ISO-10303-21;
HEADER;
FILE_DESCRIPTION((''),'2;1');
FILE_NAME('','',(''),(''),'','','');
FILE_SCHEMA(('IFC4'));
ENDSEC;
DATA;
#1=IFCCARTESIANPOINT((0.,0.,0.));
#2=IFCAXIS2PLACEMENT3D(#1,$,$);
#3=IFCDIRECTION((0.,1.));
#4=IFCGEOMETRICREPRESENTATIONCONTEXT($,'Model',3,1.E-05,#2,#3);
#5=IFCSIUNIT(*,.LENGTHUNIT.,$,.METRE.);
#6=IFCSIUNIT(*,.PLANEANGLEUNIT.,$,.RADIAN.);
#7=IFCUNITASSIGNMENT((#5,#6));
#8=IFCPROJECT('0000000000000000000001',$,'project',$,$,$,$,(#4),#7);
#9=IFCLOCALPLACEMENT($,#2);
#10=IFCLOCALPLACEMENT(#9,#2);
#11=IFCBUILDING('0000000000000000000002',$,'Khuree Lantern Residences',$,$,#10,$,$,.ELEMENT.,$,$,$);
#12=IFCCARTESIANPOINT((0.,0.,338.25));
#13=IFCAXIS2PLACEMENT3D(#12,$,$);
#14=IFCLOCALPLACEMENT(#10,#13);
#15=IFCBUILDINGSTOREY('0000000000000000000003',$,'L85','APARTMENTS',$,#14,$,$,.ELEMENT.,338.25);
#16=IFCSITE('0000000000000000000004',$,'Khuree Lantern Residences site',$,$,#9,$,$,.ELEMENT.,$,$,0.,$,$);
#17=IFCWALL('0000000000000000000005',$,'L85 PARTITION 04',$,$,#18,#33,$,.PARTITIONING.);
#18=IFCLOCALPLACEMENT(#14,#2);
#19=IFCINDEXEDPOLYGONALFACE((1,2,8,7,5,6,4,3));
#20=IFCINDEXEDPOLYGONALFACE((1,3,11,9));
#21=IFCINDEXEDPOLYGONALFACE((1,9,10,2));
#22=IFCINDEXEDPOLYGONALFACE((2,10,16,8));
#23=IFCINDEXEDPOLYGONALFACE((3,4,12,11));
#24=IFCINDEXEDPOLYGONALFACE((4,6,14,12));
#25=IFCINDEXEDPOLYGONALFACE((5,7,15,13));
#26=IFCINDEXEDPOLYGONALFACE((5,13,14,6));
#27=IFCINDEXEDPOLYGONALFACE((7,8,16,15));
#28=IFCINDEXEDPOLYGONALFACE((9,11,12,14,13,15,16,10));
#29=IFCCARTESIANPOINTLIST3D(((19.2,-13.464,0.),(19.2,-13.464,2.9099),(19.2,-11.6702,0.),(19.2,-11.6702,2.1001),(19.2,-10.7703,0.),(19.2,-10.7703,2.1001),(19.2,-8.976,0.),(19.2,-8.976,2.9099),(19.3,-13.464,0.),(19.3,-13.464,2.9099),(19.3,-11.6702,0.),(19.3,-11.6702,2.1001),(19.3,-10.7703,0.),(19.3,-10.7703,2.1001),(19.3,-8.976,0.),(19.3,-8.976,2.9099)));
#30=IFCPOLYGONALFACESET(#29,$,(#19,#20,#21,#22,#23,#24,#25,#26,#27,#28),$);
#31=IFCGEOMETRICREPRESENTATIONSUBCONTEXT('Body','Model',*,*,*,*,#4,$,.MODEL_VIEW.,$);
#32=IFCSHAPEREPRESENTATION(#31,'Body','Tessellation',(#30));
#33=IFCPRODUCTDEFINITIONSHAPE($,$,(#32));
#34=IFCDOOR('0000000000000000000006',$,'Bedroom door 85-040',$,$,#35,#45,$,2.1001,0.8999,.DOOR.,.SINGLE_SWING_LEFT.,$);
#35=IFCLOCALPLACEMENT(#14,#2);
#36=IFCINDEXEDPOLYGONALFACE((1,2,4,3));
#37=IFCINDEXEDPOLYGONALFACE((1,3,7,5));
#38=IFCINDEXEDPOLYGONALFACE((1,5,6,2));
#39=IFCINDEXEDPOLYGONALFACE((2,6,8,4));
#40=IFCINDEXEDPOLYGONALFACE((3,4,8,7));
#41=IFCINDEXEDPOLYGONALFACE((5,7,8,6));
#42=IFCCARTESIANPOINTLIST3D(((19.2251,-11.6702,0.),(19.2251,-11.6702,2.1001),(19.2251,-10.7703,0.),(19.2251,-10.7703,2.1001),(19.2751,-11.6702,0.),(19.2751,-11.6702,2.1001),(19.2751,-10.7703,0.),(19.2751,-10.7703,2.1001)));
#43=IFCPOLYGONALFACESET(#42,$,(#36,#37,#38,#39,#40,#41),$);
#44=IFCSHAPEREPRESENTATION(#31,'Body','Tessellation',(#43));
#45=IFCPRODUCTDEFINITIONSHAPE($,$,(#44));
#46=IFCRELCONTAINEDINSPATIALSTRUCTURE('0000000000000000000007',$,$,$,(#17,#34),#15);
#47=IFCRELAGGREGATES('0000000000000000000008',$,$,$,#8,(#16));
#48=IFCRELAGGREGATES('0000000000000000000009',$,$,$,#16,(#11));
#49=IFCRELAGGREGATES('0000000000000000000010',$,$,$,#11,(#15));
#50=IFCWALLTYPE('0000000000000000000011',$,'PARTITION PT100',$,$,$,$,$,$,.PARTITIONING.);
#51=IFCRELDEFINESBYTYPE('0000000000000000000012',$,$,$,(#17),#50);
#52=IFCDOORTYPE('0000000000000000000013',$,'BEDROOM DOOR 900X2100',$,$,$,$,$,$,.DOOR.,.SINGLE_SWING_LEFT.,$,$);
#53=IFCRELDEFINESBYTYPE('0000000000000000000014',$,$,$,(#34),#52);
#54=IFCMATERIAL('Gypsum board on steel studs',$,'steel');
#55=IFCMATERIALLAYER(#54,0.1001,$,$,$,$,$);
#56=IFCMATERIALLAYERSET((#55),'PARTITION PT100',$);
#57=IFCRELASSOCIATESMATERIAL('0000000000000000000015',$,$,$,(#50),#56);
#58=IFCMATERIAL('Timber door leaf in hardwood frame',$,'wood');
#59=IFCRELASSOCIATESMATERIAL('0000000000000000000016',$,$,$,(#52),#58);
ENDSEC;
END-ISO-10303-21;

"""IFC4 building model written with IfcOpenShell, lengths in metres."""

from ifc_helpers import new_model, si_unit, direction, frame, frame_2d, origin, place, context, subcontext, project, spatial, rectangle, extrude, material, layer, layer_set, type_object, element, fill, save


model = new_model("IFC4")

# Units and contexts
model_context = context("Model", 3, precision=1e-05, world=origin(), true_north=direction((0.0, 1.0)))
body_context = subcontext(model_context, "Body", "Model", "MODEL_VIEW")
ifc_project = project(units=[si_unit("LENGTHUNIT", "METRE"), si_unit("PLANEANGLEUNIT", "RADIAN")], contexts=[model_context])

# Site, building, storey
site_placement = place(None, origin())
site = spatial("IfcSite", under=ifc_project, at=site_placement, Name="Khuree Lantern Residences site", CompositionType="ELEMENT", RefElevation=0.0)
building_placement = place(site_placement, origin())
building = spatial("IfcBuilding", under=site, at=building_placement, Name="Khuree Lantern Residences", CompositionType="ELEMENT")
storey_placement = place(building_placement, frame((0.0, 0.0, 338.25)))
storey = spatial("IfcBuildingStorey", under=building, at=storey_placement, Name="L85", Description="APARTMENTS", CompositionType="ELEMENT", Elevation=338.25)

# Shared definitions
ifc_material_1 = material(Name="Gypsum board on steel studs", Category="steel")

# Shared definitions
ifc_material_2 = material(Name="Timber door leaf in hardwood frame", Category="wood")

# Shared definitions
ifc_layer_1 = layer(ifc_material_1, 0.1001)
ifc_layer_set_1 = layer_set([ifc_layer_1], Name="PARTITION PT100")
wall_type_1 = type_object("IfcWallType", Name="PARTITION PT100", PredefinedType="PARTITIONING", material=ifc_layer_set_1)

# Wall, opening, door
wall_1_placement = place(storey_placement, frame((19.25, -13.4641, 0.0), z_axis=(0.0, 0.0, 1.0), x_axis=(0.0, 1.0, 0.0)))
wall_1 = element("IfcWall", 1, at=wall_1_placement, inside=storey, type_object=wall_type_1, Name="L85 PARTITION 04", PredefinedType="PARTITIONING", context=body_context, shape_type="SweptSolid", body=[
    extrude(rectangle(XDim=4.488, YDim=0.1001, at=frame_2d((2.2441, 0.0))), origin(), (0.0, 0.0, 1.0), 2.9099),
])
opening_1_placement = place(wall_1_placement, frame((1.7939, 0.0, 0.0)))
opening_1 = element("IfcOpeningElement", 2, at=opening_1_placement, cuts=wall_1, PredefinedType="OPENING", context=body_context, shape_type="SweptSolid", body=[
    extrude(rectangle(XDim=0.8999, YDim=2.1001, at=frame_2d((0.45, 1.05))), frame((0.0, 0.0601, 0.0), z_axis=(0.0, -1.0, 0.0), x_axis=(1.0, 0.0, 0.0)), (0.0, 0.0, 1.0), 0.1201),
])
door_type_1 = type_object("IfcDoorType", Name="BEDROOM DOOR 900X2100", OperationType="SINGLE_SWING_LEFT", PredefinedType="DOOR", material=ifc_material_2)
door_1_placement = place(opening_1_placement, origin())
door_1 = element("IfcDoor", 3, at=door_1_placement, inside=storey, type_object=door_type_1, Name="Bedroom door 85-040", OperationType="SINGLE_SWING_LEFT", OverallHeight=2.1001, OverallWidth=0.8999, PredefinedType="DOOR", context=body_context, shape_type="SweptSolid", body=[
    extrude(rectangle(XDim=0.8999, YDim=2.1001, at=frame_2d((0.45, 1.05))), frame((0.0, 0.0249, 0.0), z_axis=(0.0, -1.0, 0.0), x_axis=(1.0, 0.0, 0.0)), (0.0, 0.0, 1.0), 0.05),
])
fill(opening_1, door_1)

save(model, "model.ifc")
